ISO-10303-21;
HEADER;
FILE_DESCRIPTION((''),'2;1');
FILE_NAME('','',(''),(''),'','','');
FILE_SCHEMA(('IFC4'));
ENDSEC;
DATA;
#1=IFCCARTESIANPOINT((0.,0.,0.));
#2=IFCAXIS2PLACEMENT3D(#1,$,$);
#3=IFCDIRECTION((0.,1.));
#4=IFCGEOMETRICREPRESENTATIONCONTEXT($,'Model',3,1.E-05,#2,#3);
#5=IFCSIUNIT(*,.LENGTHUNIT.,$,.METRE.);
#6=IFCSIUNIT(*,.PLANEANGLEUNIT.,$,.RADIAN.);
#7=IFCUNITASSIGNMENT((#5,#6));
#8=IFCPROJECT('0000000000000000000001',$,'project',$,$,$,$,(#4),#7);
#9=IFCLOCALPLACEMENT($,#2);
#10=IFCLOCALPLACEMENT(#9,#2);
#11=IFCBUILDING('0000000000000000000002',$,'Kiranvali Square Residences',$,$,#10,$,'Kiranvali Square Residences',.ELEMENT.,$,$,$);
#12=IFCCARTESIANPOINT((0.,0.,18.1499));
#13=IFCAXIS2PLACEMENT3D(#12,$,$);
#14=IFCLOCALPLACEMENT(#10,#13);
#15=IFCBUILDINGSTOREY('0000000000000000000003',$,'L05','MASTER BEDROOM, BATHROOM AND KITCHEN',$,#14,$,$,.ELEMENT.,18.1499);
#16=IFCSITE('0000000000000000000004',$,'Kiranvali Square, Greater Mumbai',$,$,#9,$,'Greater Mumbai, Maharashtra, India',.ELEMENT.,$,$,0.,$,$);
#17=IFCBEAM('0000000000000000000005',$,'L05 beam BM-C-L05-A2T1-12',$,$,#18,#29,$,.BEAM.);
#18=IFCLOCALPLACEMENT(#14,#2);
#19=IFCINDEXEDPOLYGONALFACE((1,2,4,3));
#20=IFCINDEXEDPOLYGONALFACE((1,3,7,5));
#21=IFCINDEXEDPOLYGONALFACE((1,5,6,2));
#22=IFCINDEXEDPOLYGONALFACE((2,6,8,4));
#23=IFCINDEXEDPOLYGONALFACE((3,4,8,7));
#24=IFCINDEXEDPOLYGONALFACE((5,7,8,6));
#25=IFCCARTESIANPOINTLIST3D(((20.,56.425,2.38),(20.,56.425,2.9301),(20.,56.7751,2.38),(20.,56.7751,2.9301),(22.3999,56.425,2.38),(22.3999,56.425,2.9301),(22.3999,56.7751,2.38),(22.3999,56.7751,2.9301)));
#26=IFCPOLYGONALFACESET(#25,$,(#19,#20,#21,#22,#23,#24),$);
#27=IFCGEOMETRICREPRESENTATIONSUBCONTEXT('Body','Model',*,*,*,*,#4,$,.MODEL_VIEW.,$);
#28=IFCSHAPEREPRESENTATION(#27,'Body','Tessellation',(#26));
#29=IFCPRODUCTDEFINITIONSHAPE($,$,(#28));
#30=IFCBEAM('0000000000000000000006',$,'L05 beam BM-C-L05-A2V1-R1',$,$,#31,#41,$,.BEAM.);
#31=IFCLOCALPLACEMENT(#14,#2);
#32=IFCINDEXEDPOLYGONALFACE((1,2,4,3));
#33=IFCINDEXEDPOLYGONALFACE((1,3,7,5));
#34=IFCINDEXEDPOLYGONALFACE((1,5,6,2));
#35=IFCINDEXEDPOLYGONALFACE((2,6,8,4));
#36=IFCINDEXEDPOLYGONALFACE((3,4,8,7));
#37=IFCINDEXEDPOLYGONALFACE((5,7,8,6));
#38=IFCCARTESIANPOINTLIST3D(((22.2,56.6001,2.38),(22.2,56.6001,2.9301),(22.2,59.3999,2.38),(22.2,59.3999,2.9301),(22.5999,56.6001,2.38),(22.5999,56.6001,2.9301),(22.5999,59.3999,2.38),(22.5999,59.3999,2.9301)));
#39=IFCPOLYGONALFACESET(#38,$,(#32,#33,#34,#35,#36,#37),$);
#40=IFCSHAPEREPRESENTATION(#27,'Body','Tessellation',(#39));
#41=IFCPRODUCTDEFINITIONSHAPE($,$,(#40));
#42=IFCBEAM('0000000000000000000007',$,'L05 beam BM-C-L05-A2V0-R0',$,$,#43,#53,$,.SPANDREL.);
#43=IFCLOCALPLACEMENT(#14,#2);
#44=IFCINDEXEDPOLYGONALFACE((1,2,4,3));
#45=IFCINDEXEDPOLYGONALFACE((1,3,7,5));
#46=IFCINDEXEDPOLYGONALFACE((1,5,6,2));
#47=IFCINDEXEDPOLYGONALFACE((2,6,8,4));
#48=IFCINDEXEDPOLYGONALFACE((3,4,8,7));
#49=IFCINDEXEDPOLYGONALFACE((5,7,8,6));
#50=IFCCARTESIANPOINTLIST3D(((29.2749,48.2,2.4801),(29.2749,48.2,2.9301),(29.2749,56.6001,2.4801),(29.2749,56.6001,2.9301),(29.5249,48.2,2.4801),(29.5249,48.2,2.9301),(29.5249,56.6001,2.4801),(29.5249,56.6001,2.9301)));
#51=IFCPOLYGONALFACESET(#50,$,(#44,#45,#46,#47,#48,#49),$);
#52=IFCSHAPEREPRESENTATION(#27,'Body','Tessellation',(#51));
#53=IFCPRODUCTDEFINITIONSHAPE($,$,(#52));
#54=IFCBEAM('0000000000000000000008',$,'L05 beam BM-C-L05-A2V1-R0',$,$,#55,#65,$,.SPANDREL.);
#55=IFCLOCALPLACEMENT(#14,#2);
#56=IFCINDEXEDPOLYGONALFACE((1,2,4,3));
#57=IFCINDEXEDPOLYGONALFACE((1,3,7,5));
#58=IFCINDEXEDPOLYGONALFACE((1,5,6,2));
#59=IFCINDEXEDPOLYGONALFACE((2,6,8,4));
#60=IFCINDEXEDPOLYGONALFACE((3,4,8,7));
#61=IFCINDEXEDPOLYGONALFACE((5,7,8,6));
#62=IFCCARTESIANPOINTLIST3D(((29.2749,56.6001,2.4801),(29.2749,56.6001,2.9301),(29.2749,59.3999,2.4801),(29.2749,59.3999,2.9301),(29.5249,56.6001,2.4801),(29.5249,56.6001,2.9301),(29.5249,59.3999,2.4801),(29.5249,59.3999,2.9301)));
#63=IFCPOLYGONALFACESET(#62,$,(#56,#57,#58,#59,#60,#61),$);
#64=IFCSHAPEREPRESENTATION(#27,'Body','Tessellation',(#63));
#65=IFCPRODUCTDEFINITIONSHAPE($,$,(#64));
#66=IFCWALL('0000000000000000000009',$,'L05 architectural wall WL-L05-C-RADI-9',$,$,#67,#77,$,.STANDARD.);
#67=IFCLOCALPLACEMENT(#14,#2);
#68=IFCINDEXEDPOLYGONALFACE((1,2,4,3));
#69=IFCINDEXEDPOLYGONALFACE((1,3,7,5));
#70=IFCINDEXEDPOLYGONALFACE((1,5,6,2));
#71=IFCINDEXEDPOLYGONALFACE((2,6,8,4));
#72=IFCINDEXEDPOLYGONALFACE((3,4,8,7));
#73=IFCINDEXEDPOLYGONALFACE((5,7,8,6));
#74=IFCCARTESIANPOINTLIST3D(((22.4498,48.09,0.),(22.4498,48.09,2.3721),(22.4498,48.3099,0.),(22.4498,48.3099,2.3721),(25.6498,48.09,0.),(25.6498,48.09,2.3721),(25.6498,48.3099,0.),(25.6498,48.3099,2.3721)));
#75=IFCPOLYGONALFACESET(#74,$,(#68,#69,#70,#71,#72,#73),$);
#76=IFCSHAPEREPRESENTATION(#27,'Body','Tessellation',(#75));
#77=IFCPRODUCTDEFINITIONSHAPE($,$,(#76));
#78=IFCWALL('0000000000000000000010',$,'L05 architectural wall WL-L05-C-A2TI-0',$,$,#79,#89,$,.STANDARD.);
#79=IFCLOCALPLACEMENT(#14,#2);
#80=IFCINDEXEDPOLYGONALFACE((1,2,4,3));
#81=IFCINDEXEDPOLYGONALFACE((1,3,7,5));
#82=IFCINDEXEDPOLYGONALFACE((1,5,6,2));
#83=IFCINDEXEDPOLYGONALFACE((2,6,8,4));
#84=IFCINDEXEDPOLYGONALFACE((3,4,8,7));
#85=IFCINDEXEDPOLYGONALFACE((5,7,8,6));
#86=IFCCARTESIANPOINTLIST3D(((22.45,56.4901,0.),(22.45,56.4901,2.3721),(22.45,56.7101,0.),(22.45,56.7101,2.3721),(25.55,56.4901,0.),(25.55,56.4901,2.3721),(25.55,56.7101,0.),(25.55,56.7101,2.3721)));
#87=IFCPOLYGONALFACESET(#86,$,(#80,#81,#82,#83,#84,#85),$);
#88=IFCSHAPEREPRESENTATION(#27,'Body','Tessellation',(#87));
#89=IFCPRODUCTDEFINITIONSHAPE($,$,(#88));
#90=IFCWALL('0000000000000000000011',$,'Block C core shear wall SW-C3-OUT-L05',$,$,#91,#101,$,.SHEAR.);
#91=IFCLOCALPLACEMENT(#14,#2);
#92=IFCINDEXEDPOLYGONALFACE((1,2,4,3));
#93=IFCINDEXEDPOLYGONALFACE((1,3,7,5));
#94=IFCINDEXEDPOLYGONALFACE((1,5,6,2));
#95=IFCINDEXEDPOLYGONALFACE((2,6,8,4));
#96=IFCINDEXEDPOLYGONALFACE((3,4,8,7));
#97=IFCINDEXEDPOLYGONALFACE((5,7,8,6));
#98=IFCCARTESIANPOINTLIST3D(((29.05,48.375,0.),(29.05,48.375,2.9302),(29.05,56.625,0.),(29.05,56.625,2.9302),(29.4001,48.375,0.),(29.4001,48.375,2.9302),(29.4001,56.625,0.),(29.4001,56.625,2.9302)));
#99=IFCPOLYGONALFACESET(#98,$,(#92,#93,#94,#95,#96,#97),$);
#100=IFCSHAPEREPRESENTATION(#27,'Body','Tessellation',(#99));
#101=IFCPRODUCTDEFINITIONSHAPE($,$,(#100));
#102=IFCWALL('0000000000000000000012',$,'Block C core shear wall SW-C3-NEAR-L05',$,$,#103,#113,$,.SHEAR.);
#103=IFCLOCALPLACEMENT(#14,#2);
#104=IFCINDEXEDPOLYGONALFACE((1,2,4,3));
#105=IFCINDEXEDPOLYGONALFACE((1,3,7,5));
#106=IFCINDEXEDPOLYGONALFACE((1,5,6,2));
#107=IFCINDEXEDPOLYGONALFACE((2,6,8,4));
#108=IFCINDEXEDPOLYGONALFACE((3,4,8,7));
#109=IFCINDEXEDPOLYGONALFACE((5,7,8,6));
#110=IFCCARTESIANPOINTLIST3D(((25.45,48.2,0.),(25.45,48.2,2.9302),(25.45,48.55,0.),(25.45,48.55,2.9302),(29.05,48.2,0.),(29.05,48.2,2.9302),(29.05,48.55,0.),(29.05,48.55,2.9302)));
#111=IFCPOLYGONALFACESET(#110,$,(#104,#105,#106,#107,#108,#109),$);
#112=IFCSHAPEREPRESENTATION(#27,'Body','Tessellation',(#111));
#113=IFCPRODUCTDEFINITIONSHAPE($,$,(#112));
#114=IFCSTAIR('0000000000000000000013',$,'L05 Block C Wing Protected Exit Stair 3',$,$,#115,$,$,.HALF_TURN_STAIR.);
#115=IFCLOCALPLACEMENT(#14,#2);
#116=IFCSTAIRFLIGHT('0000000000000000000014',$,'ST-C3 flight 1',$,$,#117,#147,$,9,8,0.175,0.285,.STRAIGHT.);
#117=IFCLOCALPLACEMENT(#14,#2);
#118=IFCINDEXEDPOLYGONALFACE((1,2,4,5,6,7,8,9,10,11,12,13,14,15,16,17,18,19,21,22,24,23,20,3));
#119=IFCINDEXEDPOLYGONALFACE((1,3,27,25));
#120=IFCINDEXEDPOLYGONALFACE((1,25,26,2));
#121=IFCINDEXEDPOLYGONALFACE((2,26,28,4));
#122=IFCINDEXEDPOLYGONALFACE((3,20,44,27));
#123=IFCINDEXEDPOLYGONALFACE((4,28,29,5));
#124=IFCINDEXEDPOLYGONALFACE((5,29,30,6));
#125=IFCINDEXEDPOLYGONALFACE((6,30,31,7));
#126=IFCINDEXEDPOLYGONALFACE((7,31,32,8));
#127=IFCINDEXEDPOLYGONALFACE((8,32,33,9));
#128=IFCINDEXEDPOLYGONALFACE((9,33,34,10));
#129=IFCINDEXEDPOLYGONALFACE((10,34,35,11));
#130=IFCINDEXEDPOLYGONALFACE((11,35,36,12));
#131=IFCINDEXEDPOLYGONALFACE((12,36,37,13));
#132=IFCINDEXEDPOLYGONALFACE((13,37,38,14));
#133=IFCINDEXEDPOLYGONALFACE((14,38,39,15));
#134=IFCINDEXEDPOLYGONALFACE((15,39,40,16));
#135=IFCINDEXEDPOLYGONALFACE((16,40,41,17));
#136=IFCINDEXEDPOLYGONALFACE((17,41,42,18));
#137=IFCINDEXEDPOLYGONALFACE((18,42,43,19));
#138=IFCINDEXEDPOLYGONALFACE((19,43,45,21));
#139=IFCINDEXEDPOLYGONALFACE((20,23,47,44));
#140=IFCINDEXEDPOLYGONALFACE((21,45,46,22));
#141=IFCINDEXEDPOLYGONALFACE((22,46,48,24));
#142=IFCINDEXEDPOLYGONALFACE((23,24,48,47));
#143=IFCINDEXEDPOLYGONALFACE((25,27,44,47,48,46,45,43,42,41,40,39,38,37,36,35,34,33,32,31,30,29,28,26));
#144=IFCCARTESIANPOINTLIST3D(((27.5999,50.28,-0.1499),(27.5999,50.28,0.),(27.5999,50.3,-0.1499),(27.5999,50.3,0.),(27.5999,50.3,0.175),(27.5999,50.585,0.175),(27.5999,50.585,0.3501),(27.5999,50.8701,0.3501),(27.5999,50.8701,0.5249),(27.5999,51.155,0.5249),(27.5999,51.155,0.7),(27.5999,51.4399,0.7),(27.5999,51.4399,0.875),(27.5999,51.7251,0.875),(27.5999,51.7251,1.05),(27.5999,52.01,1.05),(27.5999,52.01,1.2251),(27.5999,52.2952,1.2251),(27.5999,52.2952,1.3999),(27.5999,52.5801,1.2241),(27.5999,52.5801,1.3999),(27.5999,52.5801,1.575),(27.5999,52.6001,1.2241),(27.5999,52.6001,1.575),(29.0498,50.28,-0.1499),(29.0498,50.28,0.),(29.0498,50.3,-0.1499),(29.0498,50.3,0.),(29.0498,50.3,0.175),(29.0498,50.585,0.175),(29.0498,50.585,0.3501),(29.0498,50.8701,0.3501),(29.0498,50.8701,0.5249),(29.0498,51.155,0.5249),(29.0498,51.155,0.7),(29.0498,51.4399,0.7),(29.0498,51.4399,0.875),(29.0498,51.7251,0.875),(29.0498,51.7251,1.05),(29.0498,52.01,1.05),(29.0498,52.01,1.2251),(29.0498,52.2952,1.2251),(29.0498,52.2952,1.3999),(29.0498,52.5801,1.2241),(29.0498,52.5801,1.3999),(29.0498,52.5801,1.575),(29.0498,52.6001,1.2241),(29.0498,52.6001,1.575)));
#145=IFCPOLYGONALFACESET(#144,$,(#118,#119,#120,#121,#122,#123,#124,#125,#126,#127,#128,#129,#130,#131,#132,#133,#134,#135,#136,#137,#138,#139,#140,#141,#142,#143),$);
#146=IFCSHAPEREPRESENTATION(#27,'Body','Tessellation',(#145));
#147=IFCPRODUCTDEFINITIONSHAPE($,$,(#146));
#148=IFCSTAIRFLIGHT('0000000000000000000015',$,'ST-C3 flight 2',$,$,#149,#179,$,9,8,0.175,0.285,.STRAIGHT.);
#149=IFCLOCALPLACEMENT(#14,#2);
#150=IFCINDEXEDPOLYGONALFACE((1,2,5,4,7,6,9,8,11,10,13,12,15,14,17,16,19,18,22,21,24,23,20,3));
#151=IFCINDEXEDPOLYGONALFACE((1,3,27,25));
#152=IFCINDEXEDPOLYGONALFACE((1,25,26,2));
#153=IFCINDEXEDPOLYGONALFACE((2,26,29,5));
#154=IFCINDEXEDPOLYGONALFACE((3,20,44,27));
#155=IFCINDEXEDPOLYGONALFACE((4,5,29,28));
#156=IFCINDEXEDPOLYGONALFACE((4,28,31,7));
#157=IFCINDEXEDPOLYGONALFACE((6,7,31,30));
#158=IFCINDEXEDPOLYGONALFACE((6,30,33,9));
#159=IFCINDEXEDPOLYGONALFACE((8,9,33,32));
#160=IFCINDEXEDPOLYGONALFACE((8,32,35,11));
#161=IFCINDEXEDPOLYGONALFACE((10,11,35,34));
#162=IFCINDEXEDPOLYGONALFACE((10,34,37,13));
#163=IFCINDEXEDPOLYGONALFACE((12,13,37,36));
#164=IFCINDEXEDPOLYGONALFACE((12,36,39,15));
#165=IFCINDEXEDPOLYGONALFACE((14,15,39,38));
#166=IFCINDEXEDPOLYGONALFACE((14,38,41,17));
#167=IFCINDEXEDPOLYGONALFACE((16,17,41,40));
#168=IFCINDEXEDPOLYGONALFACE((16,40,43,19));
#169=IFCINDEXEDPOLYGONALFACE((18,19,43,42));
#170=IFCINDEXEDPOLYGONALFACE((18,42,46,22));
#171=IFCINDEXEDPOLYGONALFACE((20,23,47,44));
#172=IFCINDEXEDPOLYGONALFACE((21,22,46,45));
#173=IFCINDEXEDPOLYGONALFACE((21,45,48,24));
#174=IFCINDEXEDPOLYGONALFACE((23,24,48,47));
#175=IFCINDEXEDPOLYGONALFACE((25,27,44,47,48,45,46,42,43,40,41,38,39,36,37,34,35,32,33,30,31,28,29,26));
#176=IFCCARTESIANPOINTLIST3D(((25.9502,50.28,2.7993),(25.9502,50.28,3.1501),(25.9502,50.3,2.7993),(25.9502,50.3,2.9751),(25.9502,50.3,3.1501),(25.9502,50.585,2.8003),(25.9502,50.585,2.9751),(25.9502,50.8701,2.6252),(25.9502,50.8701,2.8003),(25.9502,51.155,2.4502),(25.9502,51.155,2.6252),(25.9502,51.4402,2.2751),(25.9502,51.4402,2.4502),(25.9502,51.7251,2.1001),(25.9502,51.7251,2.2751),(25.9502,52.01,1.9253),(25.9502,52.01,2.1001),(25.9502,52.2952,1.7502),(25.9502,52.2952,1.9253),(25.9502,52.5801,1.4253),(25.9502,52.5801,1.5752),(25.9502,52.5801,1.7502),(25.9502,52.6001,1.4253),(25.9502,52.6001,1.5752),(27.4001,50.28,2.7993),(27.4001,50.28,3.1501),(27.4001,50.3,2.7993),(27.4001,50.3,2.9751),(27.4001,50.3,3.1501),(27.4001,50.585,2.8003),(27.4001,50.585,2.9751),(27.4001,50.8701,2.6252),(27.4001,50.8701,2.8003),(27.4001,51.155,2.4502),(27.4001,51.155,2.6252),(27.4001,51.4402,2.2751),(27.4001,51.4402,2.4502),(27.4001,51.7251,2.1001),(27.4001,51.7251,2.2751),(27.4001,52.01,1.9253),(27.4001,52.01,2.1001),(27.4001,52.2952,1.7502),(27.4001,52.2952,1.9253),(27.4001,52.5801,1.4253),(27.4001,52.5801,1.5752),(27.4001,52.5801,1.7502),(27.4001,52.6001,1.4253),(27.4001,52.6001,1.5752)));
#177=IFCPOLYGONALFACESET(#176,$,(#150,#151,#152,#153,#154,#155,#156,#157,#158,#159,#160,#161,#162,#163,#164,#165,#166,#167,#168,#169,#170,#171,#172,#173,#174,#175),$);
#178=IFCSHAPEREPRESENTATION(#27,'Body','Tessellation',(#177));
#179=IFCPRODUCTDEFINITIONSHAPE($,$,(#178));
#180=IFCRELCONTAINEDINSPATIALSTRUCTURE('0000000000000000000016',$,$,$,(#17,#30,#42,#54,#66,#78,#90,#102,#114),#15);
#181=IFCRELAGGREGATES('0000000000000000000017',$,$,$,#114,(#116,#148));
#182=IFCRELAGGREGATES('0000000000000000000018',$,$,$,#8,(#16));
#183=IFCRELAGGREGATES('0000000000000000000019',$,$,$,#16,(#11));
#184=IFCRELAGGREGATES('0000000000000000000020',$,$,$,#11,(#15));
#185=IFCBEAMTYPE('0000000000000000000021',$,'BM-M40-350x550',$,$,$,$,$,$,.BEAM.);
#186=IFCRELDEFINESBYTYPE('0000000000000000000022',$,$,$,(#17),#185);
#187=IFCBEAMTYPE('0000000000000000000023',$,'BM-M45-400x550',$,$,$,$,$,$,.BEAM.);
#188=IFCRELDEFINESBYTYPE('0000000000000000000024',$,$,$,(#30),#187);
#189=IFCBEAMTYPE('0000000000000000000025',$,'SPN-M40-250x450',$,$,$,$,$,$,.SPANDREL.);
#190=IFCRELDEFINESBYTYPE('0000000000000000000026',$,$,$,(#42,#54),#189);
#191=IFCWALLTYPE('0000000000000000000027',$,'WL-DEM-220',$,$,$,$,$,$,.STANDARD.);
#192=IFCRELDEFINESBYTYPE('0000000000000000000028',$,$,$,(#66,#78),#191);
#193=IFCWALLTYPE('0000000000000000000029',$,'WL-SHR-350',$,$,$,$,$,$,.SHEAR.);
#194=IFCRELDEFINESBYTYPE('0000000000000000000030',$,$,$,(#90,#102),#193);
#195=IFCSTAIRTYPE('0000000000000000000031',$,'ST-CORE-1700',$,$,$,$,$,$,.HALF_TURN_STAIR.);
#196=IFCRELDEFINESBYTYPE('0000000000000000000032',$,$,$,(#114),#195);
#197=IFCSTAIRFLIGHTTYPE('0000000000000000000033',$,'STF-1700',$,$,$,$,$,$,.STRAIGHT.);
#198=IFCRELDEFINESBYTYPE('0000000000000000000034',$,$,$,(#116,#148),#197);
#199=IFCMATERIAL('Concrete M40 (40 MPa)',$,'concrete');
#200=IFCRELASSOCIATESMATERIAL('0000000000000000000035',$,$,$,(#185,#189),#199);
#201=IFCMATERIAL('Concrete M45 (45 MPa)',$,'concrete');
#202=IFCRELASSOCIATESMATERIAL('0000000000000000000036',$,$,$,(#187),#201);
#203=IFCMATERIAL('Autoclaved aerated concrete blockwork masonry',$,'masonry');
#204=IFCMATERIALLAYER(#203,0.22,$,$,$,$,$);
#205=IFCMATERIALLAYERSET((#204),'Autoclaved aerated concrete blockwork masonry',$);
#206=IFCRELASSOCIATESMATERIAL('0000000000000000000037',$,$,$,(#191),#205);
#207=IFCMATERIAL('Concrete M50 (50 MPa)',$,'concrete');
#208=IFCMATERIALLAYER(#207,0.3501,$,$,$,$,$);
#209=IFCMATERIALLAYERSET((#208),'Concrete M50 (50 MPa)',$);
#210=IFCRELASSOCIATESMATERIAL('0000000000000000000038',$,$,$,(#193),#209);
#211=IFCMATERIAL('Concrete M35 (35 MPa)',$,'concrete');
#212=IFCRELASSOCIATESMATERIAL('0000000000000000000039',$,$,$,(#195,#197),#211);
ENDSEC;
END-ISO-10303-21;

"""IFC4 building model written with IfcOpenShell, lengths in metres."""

from ifc_helpers import new_model, si_unit, direction, frame, frame_2d, origin, origin_2d, place, context, subcontext, project, spatial, polyline, rectangle, outline, extrude, material, layer, layer_set, material_profile, profile_set, type_object, element, aggregate, save


model = new_model("IFC4")

# Units and contexts
model_context = context("Model", 3, precision=1e-05, world=origin(), true_north=direction((0.0, 1.0)))
body_context = subcontext(model_context, "Body", "Model", "MODEL_VIEW")
ifc_project = project(units=[si_unit("LENGTHUNIT", "METRE"), si_unit("PLANEANGLEUNIT", "RADIAN")], contexts=[model_context])

# Site, building, storey
site_placement = place(None, origin())
site = spatial("IfcSite", under=ifc_project, at=site_placement, Name="Kiranvali Square, Greater Mumbai", LongName="Greater Mumbai, Maharashtra, India", CompositionType="ELEMENT", RefElevation=0.0)
building_placement = place(site_placement, origin())
building = spatial("IfcBuilding", under=site, at=building_placement, Name="Kiranvali Square Residences", LongName="Kiranvali Square Residences", CompositionType="ELEMENT")
storey_placement = place(building_placement, frame((0.0, 0.0, 18.1499)))
storey = spatial("IfcBuildingStorey", under=building, at=storey_placement, Name="L05", Description="MASTER BEDROOM, BATHROOM AND KITCHEN", CompositionType="ELEMENT", Elevation=18.1499)

# Beams
ifc_material_1 = material(Name="Concrete M40 (40 MPa)", Category="concrete")
ifc_material_profile_1 = material_profile(ifc_material_1, rectangle(XDim=0.3501, YDim=0.55, at=origin_2d()), Name="RC 350x550")
ifc_profile_set_1 = profile_set([ifc_material_profile_1], Name="Concrete M40 (40 MPa)")
beam_type_1 = type_object("IfcBeamType", Name="BM-M40-350x550", PredefinedType="BEAM", material=ifc_profile_set_1)
beam_1_placement = place(storey_placement, frame((22.3999, 56.6001, 2.655), z_axis=(-1.0, 0.0, 0.0), x_axis=(0.0, -1.0, 0.0)))
element("IfcBeam", 1, at=beam_1_placement, inside=storey, type_object=beam_type_1, Name="L05 beam BM-C-L05-A2T1-12", PredefinedType="BEAM", context=body_context, shape_type="SweptSolid", body=[
    extrude(rectangle(XDim=0.3501, YDim=0.55, at=origin_2d()), origin(), (0.0, 0.0, 1.0), 2.3999),
])
ifc_material_2 = material(Name="Concrete M45 (45 MPa)", Category="concrete")
ifc_material_profile_2 = material_profile(ifc_material_2, rectangle(XDim=0.3999, YDim=0.55, at=origin_2d()), Name="RC 400x550")
ifc_profile_set_2 = profile_set([ifc_material_profile_2], Name="Concrete M45 (45 MPa)")
beam_type_2 = type_object("IfcBeamType", Name="BM-M45-400x550", PredefinedType="BEAM", material=ifc_profile_set_2)
beam_2_placement = place(storey_placement, frame((22.3999, 56.6001, 2.655), z_axis=(0.0, 1.0, 0.0), x_axis=(-1.0, 0.0, 0.0)))
element("IfcBeam", 2, at=beam_2_placement, inside=storey, type_object=beam_type_2, Name="L05 beam BM-C-L05-A2V1-R1", PredefinedType="BEAM", context=body_context, shape_type="SweptSolid", body=[
    extrude(rectangle(XDim=0.3999, YDim=0.55, at=origin_2d()), origin(), (0.0, 0.0, 1.0), 2.7998),
])
ifc_material_profile_3 = material_profile(ifc_material_1, rectangle(XDim=0.25, YDim=0.45, at=origin_2d()), Name="RC 250x450")
ifc_profile_set_3 = profile_set([ifc_material_profile_3], Name="Concrete M40 (40 MPa)")
beam_type_3 = type_object("IfcBeamType", Name="SPN-M40-250x450", PredefinedType="SPANDREL", material=ifc_profile_set_3)
beam_3_placement = place(storey_placement, frame((29.3999, 48.2, 2.7051), z_axis=(0.0, 1.0, 0.0), x_axis=(-1.0, 0.0, 0.0)))
element("IfcBeam", 3, at=beam_3_placement, inside=storey, type_object=beam_type_3, Name="L05 beam BM-C-L05-A2V0-R0", PredefinedType="SPANDREL", context=body_context, shape_type="SweptSolid", body=[
    extrude(rectangle(XDim=0.25, YDim=0.45, at=origin_2d()), origin(), (0.0, 0.0, 1.0), 8.4001),
])
beam_4_placement = place(storey_placement, frame((29.3999, 56.6001, 2.7051), z_axis=(0.0, 1.0, 0.0), x_axis=(-1.0, 0.0, 0.0)))
element("IfcBeam", 4, at=beam_4_placement, inside=storey, type_object=beam_type_3, Name="L05 beam BM-C-L05-A2V1-R0", PredefinedType="SPANDREL", context=body_context, shape_type="SweptSolid", body=[
    extrude(rectangle(XDim=0.25, YDim=0.45, at=origin_2d()), origin(), (0.0, 0.0, 1.0), 2.7998),
])

# Shared definitions
ifc_material_3 = material(Name="Autoclaved aerated concrete blockwork masonry", Category="masonry")

# Walls
ifc_layer_1 = layer(ifc_material_3, 0.22)
ifc_layer_set_1 = layer_set([ifc_layer_1], Name="Autoclaved aerated concrete blockwork masonry")
wall_type_1 = type_object("IfcWallType", Name="WL-DEM-220", PredefinedType="STANDARD", material=ifc_layer_set_1)
wall_1_placement = place(storey_placement, frame((25.6499, 48.2, 0.0), z_axis=(0.0, 0.0, 1.0), x_axis=(-1.0, 0.0, 0.0)))
element("IfcWall", 5, at=wall_1_placement, inside=storey, type_object=wall_type_1, Name="L05 architectural wall WL-L05-C-RADI-9", PredefinedType="STANDARD", context=body_context, shape_type="SweptSolid", body=[
    extrude(rectangle(XDim=3.2, YDim=0.22, at=frame_2d((1.6001, 0.0))), origin(), (0.0, 0.0, 1.0), 2.3721),
])
wall_2_placement = place(storey_placement, frame((25.55, 56.6001, 0.0), z_axis=(0.0, 0.0, 1.0), x_axis=(-1.0, 0.0, 0.0)))
element("IfcWall", 6, at=wall_2_placement, inside=storey, type_object=wall_type_1, Name="L05 architectural wall WL-L05-C-A2TI-0", PredefinedType="STANDARD", context=body_context, shape_type="SweptSolid", body=[
    extrude(rectangle(XDim=3.1001, YDim=0.22, at=frame_2d((1.55, 0.0))), origin(), (0.0, 0.0, 1.0), 2.3721),
])
ifc_material_4 = material(Name="Concrete M50 (50 MPa)", Category="concrete")
ifc_layer_2 = layer(ifc_material_4, 0.3501)
ifc_layer_set_2 = layer_set([ifc_layer_2], Name="Concrete M50 (50 MPa)")
wall_type_2 = type_object("IfcWallType", Name="WL-SHR-350", PredefinedType="SHEAR", material=ifc_layer_set_2)
wall_3_placement = place(storey_placement, frame((29.2251, 48.375, 0.0), z_axis=(0.0, 0.0, 1.0), x_axis=(0.0, 1.0, 0.0)))
element("IfcWall", 7, at=wall_3_placement, inside=storey, type_object=wall_type_2, Name="Block C core shear wall SW-C3-OUT-L05", PredefinedType="SHEAR", context=body_context, shape_type="SweptSolid", body=[
    extrude(rectangle(XDim=8.25, YDim=0.3501, at=frame_2d((4.125, 0.0))), origin(), (0.0, 0.0, 1.0), 2.9302),
])

# Wall
wall_4_placement = place(storey_placement, frame((29.05, 48.375, 0.0), z_axis=(0.0, 0.0, 1.0), x_axis=(-1.0, 0.0, 0.0)))
element("IfcWall", 8, at=wall_4_placement, inside=storey, type_object=wall_type_2, Name="Block C core shear wall SW-C3-NEAR-L05", PredefinedType="SHEAR", context=body_context, shape_type="SweptSolid", body=[
    extrude(rectangle(XDim=3.6001, YDim=0.3501, at=frame_2d((1.8, 0.0))), origin(), (0.0, 0.0, 1.0), 2.9302),
])

# Stair, stair flights
ifc_material_5 = material(Name="Concrete M35 (35 MPa)", Category="concrete")
stair_type = type_object("IfcStairType", Name="ST-CORE-1700", PredefinedType="HALF_TURN_STAIR", material=ifc_material_5)
stair_placement = place(storey_placement, origin())
stair = element("IfcStair", 9, at=stair_placement, inside=storey, type_object=stair_type, Name="L05 Block C Wing Protected Exit Stair 3", PredefinedType="HALF_TURN_STAIR")
stair_flight_type = type_object("IfcStairFlightType", Name="STF-1700", PredefinedType="STRAIGHT", material=ifc_material_5)
stair_flight_1_placement = place(storey_placement, frame((28.325, 50.3, 0.0), z_axis=(0.0, 0.0, 1.0), x_axis=(0.0, 1.0, 0.0)))
stair_flight_1 = element("IfcStairFlight", 10, at=stair_flight_1_placement, type_object=stair_flight_type, Name="ST-C3 flight 1", NumberOfRisers=9, NumberOfTreads=8, PredefinedType="STRAIGHT", RiserHeight=0.175, TreadLength=0.285, context=body_context, shape_type="SweptSolid", body=[
    extrude(outline(polyline([(-0.02, -0.1499), (-0.02, 0.0), (0.0, 0.0), (0.0, 0.175), (0.2849, 0.175), (0.2849, 0.3501), (0.5701, 0.3501), (0.5701, 0.5249), (0.855, 0.5249), (0.855, 0.7), (1.1399, 0.7), (1.1399, 0.875), (1.425, 0.875), (1.425, 1.05), (1.71, 1.05), (1.71, 1.2251), (1.9951, 1.2251), (1.9951, 1.3999), (2.28, 1.3999), (2.28, 1.575), (2.3, 1.575), (2.3, 1.2241), (2.28, 1.2241), (0.0, -0.1499), (-0.02, -0.1499)])), frame((0.0, 0.7251, 0.0), z_axis=(0.0, -1.0, 0.0), x_axis=(1.0, 0.0, 0.0)), (0.0, 0.0, 1.0), 1.45),
])
stair_flight_2_placement = place(storey_placement, frame((26.675, 52.5801, 1.5752), z_axis=(0.0, 0.0, 1.0), x_axis=(0.0, -1.0, 0.0)))
stair_flight_2 = element("IfcStairFlight", 11, at=stair_flight_2_placement, type_object=stair_flight_type, Name="ST-C3 flight 2", NumberOfRisers=9, NumberOfTreads=8, PredefinedType="STRAIGHT", RiserHeight=0.175, TreadLength=0.285, context=body_context, shape_type="SweptSolid", body=[
    extrude(outline(polyline([(-0.02, -0.1499), (-0.02, 0.0), (0.0, 0.0), (0.0, 0.175), (0.2849, 0.175), (0.2849, 0.3501), (0.5701, 0.3501), (0.5701, 0.5249), (0.855, 0.5249), (0.855, 0.7), (1.1399, 0.7), (1.1399, 0.875), (1.425, 0.875), (1.425, 1.05), (1.71, 1.05), (1.71, 1.2251), (1.9951, 1.2251), (1.9951, 1.3999), (2.28, 1.3999), (2.28, 1.575), (2.3, 1.575), (2.3, 1.2241), (2.28, 1.2241), (0.0, -0.1499), (-0.02, -0.1499)])), frame((0.0, 0.7251, 0.0), z_axis=(0.0, -1.0, 0.0), x_axis=(1.0, 0.0, 0.0)), (0.0, 0.0, 1.0), 1.45),
])
aggregate(stair, [stair_flight_1, stair_flight_2])

save(model, "model.ifc")
